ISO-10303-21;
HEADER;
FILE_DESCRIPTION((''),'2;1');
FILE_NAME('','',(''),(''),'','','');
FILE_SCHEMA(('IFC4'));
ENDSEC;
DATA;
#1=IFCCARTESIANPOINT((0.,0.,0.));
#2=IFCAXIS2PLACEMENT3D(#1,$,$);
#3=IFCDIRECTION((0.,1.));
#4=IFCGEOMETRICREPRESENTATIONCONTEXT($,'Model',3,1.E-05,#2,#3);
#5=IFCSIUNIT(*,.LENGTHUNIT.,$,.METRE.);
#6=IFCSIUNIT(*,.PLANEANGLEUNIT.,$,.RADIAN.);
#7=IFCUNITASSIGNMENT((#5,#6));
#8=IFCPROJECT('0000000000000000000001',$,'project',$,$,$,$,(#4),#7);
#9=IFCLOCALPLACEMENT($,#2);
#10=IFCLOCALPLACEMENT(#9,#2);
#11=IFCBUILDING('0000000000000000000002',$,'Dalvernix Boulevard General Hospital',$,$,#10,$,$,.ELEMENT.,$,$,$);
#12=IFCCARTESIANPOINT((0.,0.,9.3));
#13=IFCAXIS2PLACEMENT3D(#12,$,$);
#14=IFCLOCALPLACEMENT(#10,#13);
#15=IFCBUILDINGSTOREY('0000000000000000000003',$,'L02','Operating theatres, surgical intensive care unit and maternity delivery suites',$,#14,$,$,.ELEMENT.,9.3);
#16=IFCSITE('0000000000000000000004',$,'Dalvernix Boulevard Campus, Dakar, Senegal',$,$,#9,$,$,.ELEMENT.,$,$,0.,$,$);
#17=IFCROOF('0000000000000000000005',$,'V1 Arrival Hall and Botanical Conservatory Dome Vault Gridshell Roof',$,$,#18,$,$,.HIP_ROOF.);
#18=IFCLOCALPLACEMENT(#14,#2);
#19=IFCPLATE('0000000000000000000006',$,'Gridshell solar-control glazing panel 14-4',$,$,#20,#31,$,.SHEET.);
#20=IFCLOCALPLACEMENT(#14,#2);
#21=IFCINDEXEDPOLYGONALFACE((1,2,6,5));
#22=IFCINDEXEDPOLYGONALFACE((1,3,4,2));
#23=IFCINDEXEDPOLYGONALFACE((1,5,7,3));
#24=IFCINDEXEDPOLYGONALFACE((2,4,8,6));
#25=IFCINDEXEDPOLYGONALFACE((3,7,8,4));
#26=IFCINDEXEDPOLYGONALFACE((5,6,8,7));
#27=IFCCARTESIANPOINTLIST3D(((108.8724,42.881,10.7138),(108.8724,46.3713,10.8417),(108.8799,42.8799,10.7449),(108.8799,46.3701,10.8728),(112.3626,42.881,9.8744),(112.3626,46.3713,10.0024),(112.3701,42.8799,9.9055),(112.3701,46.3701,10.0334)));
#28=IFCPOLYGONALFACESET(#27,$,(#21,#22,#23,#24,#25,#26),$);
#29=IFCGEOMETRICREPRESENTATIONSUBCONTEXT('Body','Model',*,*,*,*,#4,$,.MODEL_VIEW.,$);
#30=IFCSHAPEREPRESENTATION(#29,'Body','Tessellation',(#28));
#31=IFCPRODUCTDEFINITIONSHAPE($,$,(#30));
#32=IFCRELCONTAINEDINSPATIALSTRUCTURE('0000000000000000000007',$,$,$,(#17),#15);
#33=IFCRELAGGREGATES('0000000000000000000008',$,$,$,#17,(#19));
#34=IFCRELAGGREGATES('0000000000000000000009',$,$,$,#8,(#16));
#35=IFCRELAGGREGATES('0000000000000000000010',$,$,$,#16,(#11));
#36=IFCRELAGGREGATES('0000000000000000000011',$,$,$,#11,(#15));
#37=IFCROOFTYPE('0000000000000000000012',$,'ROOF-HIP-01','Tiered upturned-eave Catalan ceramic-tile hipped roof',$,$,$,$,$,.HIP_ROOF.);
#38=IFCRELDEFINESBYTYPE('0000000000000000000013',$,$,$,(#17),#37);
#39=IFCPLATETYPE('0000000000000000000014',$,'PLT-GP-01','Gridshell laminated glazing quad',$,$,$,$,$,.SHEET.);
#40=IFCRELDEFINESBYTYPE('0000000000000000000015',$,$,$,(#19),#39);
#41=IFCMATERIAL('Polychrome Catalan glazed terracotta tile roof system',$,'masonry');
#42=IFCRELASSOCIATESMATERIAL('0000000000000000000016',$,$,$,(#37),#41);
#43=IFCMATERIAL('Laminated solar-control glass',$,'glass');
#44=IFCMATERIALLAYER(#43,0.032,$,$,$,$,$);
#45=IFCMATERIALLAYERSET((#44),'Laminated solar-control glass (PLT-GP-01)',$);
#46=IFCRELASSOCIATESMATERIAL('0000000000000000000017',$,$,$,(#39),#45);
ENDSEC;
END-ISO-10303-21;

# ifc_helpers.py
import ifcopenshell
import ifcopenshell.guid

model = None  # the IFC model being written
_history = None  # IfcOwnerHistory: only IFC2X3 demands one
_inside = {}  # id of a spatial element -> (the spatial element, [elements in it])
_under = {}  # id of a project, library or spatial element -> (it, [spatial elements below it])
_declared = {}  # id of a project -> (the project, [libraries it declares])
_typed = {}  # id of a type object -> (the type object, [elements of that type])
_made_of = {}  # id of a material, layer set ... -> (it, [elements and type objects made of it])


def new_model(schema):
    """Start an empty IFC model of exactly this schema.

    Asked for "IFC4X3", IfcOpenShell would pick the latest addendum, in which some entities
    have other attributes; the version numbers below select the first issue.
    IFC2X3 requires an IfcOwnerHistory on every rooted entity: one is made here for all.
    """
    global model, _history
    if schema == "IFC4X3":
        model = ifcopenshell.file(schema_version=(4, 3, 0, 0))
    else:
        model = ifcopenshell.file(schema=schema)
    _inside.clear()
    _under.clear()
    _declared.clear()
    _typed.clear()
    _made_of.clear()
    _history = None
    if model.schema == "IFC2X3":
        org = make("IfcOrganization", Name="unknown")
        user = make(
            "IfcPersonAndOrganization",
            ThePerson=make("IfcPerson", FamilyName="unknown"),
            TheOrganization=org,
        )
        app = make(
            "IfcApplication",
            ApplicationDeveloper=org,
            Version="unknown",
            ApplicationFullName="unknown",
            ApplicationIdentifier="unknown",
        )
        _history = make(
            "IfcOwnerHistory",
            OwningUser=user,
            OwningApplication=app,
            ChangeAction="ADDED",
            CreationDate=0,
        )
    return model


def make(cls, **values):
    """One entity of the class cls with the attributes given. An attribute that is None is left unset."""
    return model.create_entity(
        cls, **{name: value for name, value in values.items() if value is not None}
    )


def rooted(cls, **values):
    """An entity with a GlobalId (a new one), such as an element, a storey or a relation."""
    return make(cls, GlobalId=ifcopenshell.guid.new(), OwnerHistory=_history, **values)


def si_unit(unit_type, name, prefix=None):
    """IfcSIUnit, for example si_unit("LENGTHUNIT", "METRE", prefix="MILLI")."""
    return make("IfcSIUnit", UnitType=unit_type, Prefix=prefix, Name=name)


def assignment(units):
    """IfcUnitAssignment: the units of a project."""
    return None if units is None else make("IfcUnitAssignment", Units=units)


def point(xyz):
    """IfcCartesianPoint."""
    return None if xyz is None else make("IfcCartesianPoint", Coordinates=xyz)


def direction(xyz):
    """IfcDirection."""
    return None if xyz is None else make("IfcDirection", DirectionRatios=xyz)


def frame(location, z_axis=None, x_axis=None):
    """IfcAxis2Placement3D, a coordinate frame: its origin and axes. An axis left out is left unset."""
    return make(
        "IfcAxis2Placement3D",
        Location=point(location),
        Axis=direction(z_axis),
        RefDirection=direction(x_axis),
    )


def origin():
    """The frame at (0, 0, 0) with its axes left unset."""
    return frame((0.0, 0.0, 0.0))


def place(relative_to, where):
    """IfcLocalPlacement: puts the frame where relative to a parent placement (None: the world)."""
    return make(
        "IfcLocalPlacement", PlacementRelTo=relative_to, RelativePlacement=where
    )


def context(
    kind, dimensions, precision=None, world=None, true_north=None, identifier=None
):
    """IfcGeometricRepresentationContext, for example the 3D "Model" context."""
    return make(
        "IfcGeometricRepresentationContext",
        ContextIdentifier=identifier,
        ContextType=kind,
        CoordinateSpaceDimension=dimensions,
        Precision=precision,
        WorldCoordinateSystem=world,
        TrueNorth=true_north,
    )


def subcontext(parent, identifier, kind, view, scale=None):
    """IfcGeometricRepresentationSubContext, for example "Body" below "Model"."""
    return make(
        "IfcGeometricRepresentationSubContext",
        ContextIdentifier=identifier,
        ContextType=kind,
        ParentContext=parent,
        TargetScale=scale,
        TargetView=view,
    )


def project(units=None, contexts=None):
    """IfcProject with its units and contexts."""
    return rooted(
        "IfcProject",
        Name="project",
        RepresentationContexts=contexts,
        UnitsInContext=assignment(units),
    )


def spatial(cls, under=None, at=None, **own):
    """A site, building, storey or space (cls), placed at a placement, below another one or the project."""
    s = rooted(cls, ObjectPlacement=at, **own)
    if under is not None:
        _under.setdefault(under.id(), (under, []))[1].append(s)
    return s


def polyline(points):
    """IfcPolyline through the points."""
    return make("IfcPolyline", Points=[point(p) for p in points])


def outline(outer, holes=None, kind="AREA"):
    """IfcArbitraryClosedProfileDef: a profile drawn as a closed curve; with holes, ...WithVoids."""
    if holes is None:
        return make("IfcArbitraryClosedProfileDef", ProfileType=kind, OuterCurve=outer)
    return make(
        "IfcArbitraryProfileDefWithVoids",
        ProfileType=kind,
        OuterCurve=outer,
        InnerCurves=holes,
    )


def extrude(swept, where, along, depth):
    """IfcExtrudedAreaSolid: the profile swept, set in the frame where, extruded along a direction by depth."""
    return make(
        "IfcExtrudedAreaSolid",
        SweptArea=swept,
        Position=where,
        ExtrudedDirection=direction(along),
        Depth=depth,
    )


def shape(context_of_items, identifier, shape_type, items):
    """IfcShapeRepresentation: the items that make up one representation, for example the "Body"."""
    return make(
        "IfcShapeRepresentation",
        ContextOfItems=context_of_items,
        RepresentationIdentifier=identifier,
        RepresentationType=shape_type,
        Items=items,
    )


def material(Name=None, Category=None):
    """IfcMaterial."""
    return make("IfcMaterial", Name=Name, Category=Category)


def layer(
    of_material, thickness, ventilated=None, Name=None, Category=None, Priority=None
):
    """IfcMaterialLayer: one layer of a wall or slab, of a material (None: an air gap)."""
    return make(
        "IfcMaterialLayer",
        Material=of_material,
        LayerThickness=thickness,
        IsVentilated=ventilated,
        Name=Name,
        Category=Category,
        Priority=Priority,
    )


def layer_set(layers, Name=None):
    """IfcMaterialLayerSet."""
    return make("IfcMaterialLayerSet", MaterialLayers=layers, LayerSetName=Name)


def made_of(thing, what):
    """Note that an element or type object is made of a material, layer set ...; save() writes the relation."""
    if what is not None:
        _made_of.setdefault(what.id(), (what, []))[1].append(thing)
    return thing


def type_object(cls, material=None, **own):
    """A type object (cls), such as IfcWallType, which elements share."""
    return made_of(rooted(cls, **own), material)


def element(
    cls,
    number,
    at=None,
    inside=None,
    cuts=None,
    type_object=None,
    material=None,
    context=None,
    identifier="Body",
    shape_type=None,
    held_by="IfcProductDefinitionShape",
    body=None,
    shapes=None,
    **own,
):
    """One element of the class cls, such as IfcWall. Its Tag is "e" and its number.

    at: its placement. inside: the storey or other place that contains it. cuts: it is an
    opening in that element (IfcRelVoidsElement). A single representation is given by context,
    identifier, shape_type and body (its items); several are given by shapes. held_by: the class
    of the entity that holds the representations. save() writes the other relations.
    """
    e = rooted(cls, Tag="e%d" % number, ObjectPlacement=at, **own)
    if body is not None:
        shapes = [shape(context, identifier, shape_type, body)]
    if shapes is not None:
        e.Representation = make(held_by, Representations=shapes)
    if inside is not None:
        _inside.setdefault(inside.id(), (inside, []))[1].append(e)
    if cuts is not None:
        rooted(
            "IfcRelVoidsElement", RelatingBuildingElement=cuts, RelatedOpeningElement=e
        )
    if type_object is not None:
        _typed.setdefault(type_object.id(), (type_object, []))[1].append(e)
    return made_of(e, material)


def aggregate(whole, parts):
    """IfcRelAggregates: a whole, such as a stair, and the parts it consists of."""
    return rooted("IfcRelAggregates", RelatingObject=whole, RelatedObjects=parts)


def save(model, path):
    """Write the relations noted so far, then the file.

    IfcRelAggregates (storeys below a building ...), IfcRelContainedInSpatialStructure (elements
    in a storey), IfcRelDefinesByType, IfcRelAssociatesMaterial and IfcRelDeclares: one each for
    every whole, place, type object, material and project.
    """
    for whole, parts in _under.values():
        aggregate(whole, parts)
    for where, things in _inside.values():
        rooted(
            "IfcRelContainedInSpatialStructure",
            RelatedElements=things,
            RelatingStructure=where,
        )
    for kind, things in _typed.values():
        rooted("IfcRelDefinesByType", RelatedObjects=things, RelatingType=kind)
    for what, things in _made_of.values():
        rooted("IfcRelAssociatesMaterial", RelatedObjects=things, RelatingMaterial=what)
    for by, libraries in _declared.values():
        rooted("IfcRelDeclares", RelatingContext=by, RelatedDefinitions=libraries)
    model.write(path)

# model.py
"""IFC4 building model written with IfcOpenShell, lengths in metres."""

from ifc_helpers import new_model, si_unit, direction, frame, origin, place, context, subcontext, project, spatial, polyline, outline, extrude, material, layer, layer_set, type_object, element, aggregate, save


model = new_model("IFC4")

# Units and contexts
model_context = context("Model", 3, precision=1e-05, world=origin(), true_north=direction((0.0, 1.0)))
body_context = subcontext(model_context, "Body", "Model", "MODEL_VIEW")
ifc_project = project(units=[si_unit("LENGTHUNIT", "METRE"), si_unit("PLANEANGLEUNIT", "RADIAN")], contexts=[model_context])

# Site, building, storey
site_placement = place(None, origin())
site = spatial("IfcSite", under=ifc_project, at=site_placement, Name="Dalvernix Boulevard Campus, Dakar, Senegal", CompositionType="ELEMENT", RefElevation=0.0)
building_placement = place(site_placement, origin())
building = spatial("IfcBuilding", under=site, at=building_placement, Name="Dalvernix Boulevard General Hospital", CompositionType="ELEMENT")
storey_placement = place(building_placement, frame((0.0, 0.0, 9.3)))
storey = spatial("IfcBuildingStorey", under=building, at=storey_placement, Name="L02", Description="Operating theatres, surgical intensive care unit and maternity delivery suites", CompositionType="ELEMENT", Elevation=9.3)

# Roof, plate
ifc_material_1 = material(Name="Polychrome Catalan glazed terracotta tile roof system", Category="masonry")
roof_type = type_object("IfcRoofType", Name="ROOF-HIP-01", Description="Tiered upturned-eave Catalan ceramic-tile hipped roof", PredefinedType="HIP_ROOF", material=ifc_material_1)
roof_placement = place(storey_placement, origin())
roof = element("IfcRoof", 1, at=roof_placement, inside=storey, type_object=roof_type, Name="V1 Arrival Hall and Botanical Conservatory Dome Vault Gridshell Roof", PredefinedType="HIP_ROOF")
ifc_material_2 = material(Name="Laminated solar-control glass", Category="glass")
ifc_layer_1 = layer(ifc_material_2, 0.032)
ifc_layer_set_1 = layer_set([ifc_layer_1], Name="Laminated solar-control glass (PLT-GP-01)")
plate_type_1 = type_object("IfcPlateType", Name="PLT-GP-01", Description="Gridshell laminated glazing quad", PredefinedType="SHEET", material=ifc_layer_set_1)
plate_1_placement = place(storey_placement, frame((108.8799, 42.8799, 10.7449), z_axis=(0.233672, -0.035615, 0.971663), x_axis=(0.97228, 0.0, -0.233821)))
plate_1 = element("IfcPlate", 2, at=plate_1_placement, type_object=plate_type_1, Name="Gridshell solar-control glazing panel 14-4", PredefinedType="SHEET", context=body_context, shape_type="SweptSolid", body=[
    extrude(outline(polyline([(0.0, 0.0), (3.5897, 0.0), (3.5598, 3.4925), (-0.0299, 3.4925), (0.0, 0.0)])), origin(), (0.0, 0.0, -1.0), 0.032),
])
aggregate(roof, [plate_1])

save(model, "model.ifc")
